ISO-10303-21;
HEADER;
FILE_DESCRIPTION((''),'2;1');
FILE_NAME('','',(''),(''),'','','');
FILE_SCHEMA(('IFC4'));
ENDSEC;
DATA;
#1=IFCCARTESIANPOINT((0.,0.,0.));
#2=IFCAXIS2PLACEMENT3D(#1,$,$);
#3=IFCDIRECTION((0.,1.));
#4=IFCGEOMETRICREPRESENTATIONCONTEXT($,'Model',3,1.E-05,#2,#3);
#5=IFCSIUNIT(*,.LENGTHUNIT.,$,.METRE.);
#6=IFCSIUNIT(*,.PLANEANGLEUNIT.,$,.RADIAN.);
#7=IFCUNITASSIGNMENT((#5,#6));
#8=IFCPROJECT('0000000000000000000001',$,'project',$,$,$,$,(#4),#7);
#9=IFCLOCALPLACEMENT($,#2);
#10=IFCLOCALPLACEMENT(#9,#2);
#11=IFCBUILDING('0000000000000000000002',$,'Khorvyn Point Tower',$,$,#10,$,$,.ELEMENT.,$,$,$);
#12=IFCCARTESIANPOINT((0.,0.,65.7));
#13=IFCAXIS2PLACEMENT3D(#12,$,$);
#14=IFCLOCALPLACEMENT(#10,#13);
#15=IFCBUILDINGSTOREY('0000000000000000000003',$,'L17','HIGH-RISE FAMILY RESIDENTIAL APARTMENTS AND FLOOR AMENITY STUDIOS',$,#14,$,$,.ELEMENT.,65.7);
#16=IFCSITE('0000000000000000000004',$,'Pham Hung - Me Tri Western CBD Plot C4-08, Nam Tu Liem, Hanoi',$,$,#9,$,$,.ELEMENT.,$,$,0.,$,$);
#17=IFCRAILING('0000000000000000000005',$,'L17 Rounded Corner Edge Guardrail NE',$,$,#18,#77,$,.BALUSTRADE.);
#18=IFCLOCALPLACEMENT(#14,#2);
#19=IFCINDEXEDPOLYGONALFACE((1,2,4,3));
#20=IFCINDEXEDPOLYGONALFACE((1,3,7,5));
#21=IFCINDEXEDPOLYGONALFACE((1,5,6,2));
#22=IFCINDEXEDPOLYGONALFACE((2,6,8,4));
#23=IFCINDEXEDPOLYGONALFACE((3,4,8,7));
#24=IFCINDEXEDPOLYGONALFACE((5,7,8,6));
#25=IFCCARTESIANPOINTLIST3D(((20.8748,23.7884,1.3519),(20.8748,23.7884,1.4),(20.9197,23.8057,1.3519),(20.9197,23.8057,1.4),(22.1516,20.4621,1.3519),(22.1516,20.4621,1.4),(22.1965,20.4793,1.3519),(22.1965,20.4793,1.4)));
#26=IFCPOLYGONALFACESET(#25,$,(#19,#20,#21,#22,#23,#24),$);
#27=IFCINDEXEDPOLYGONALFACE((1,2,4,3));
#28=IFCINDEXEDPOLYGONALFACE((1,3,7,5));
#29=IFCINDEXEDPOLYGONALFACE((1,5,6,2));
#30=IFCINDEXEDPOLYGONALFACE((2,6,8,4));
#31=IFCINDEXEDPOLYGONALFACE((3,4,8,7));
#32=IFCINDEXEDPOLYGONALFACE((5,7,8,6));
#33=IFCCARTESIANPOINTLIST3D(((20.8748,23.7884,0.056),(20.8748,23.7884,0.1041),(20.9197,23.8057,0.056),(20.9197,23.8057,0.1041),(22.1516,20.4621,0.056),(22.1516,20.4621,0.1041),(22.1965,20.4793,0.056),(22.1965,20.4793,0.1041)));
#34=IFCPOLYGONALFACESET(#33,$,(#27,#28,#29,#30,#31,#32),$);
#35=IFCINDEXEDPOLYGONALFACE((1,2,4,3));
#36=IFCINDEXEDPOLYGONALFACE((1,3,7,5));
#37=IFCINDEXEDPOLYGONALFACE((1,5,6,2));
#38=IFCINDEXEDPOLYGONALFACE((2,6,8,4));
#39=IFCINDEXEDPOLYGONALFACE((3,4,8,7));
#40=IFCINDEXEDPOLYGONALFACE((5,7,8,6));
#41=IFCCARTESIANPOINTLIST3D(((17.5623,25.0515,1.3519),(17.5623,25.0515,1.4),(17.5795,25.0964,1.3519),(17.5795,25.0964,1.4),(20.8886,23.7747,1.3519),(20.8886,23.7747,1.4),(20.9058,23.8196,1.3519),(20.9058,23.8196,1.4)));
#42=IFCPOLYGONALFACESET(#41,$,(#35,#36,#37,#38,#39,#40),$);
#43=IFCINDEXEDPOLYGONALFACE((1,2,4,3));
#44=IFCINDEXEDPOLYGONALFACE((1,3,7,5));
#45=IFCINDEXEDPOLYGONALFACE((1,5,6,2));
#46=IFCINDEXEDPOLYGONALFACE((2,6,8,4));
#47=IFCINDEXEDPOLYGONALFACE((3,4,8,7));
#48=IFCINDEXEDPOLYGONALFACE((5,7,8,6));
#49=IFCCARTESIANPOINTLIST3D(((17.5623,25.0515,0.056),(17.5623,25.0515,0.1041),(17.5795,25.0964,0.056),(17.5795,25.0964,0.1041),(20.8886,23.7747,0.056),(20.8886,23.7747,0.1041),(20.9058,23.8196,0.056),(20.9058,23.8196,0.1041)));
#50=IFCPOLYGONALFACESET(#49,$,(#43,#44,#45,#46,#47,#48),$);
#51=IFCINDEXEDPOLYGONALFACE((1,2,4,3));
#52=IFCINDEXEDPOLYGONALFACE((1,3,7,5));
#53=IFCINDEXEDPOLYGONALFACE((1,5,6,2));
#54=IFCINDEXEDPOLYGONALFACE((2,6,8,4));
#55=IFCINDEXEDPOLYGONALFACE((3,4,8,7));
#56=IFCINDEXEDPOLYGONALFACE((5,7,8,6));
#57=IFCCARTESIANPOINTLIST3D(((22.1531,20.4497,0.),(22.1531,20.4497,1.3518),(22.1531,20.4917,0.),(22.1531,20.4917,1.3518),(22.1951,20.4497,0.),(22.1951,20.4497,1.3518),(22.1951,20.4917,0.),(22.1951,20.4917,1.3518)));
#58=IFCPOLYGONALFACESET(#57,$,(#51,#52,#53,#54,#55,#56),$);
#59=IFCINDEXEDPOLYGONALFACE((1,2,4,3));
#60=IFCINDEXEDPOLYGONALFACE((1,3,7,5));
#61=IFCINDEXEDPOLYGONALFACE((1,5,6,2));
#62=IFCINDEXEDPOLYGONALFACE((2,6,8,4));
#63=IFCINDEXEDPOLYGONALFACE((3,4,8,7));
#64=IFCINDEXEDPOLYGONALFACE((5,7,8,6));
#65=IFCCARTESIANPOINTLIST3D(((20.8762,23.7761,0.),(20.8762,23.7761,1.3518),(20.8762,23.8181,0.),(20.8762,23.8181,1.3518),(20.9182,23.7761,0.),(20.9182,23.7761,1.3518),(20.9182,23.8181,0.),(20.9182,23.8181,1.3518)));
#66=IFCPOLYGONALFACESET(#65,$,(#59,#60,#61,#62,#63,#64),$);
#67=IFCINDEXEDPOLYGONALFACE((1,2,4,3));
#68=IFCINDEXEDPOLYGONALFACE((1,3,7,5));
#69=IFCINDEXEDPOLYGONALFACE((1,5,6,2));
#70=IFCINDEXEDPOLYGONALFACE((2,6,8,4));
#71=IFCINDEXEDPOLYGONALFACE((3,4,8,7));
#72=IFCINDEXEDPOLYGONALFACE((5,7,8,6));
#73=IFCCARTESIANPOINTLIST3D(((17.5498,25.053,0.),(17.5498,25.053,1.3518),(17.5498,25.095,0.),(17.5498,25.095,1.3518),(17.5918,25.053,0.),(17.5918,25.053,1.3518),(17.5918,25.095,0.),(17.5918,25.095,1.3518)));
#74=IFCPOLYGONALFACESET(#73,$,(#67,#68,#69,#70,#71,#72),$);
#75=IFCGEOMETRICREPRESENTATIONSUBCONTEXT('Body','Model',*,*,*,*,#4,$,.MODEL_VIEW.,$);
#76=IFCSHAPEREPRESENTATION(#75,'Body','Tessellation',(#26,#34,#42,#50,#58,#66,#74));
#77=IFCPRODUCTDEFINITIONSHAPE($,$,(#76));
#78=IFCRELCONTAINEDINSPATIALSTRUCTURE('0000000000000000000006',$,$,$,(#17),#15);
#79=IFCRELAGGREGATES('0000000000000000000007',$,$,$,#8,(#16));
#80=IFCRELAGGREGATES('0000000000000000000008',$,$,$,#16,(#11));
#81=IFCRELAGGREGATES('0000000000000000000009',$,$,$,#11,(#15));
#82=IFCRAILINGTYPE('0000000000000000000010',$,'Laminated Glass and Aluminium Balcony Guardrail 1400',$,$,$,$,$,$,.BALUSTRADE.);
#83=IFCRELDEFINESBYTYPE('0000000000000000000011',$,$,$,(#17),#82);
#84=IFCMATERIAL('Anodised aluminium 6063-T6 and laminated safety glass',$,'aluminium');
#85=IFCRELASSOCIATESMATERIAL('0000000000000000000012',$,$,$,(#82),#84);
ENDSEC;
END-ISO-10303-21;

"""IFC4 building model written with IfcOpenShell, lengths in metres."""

from ifc_helpers import new_model, si_unit, direction, frame, origin, origin_2d, place, context, subcontext, project, spatial, rectangle, extrude, material, type_object, element, save


model = new_model("IFC4")

# Units and contexts
model_context = context("Model", 3, precision=1e-05, world=origin(), true_north=direction((0.0, 1.0)))
body_context = subcontext(model_context, "Body", "Model", "MODEL_VIEW")
ifc_project = project(units=[si_unit("LENGTHUNIT", "METRE"), si_unit("PLANEANGLEUNIT", "RADIAN")], contexts=[model_context])

# Site, building, storey
site_placement = place(None, origin())
site = spatial("IfcSite", under=ifc_project, at=site_placement, Name="Pham Hung - Me Tri Western CBD Plot C4-08, Nam Tu Liem, Hanoi", CompositionType="ELEMENT", RefElevation=0.0)
building_placement = place(site_placement, origin())
building = spatial("IfcBuilding", under=site, at=building_placement, Name="Khorvyn Point Tower", CompositionType="ELEMENT")
storey_placement = place(building_placement, frame((0.0, 0.0, 65.7)))
storey = spatial("IfcBuildingStorey", under=building, at=storey_placement, Name="L17", Description="HIGH-RISE FAMILY RESIDENTIAL APARTMENTS AND FLOOR AMENITY STUDIOS", CompositionType="ELEMENT", Elevation=65.7)

# Railing
ifc_material_1 = material(Name="Anodised aluminium 6063-T6 and laminated safety glass", Category="aluminium")
railing_type = type_object("IfcRailingType", Name="Laminated Glass and Aluminium Balcony Guardrail 1400", PredefinedType="BALUSTRADE", material=ifc_material_1)
railing_placement = place(storey_placement, frame((22.1741, 20.4707, 0.0)))
element("IfcRailing", 1, at=railing_placement, inside=storey, type_object=railing_type, Name="L17 Rounded Corner Edge Guardrail NE", PredefinedType="BALUSTRADE", context=body_context, shape_type="SweptSolid", body=[
    extrude(rectangle(XDim=0.0481, YDim=0.0481, at=origin_2d()), frame((0.0, 0.0, 1.376), z_axis=(-0.358359, 0.933584, 0.0), x_axis=(-0.933584, -0.358359, 0.0)), (0.0, 0.0, 1.0), 3.563),
    extrude(rectangle(XDim=0.0481, YDim=0.0481, at=origin_2d()), frame((0.0, 0.0, 0.0801), z_axis=(-0.358359, 0.933584, 0.0), x_axis=(-0.933584, -0.358359, 0.0)), (0.0, 0.0, 1.0), 3.563),
    extrude(rectangle(XDim=0.0481, YDim=0.0481, at=origin_2d()), frame((-1.2769, 3.3264, 1.376), z_axis=(-0.933584, 0.358359, 0.0), x_axis=(-0.358359, -0.933584, 0.0)), (0.0, 0.0, 1.0), 3.563),
    extrude(rectangle(XDim=0.0481, YDim=0.0481, at=origin_2d()), frame((-1.2769, 3.3264, 0.0801), z_axis=(-0.933584, 0.358359, 0.0), x_axis=(-0.358359, -0.933584, 0.0)), (0.0, 0.0, 1.0), 3.563),
    extrude(rectangle(XDim=0.042, YDim=0.042, at=origin_2d()), origin(), (0.0, 0.0, 1.0), 1.3518),
    extrude(rectangle(XDim=0.042, YDim=0.042, at=origin_2d()), frame((-1.2769, 3.3264, 0.0)), (0.0, 0.0, 1.0), 1.3518),
    extrude(rectangle(XDim=0.042, YDim=0.042, at=origin_2d()), frame((-4.6033, 4.6033, 0.0)), (0.0, 0.0, 1.0), 1.3518),
])

save(model, "model.ifc")
